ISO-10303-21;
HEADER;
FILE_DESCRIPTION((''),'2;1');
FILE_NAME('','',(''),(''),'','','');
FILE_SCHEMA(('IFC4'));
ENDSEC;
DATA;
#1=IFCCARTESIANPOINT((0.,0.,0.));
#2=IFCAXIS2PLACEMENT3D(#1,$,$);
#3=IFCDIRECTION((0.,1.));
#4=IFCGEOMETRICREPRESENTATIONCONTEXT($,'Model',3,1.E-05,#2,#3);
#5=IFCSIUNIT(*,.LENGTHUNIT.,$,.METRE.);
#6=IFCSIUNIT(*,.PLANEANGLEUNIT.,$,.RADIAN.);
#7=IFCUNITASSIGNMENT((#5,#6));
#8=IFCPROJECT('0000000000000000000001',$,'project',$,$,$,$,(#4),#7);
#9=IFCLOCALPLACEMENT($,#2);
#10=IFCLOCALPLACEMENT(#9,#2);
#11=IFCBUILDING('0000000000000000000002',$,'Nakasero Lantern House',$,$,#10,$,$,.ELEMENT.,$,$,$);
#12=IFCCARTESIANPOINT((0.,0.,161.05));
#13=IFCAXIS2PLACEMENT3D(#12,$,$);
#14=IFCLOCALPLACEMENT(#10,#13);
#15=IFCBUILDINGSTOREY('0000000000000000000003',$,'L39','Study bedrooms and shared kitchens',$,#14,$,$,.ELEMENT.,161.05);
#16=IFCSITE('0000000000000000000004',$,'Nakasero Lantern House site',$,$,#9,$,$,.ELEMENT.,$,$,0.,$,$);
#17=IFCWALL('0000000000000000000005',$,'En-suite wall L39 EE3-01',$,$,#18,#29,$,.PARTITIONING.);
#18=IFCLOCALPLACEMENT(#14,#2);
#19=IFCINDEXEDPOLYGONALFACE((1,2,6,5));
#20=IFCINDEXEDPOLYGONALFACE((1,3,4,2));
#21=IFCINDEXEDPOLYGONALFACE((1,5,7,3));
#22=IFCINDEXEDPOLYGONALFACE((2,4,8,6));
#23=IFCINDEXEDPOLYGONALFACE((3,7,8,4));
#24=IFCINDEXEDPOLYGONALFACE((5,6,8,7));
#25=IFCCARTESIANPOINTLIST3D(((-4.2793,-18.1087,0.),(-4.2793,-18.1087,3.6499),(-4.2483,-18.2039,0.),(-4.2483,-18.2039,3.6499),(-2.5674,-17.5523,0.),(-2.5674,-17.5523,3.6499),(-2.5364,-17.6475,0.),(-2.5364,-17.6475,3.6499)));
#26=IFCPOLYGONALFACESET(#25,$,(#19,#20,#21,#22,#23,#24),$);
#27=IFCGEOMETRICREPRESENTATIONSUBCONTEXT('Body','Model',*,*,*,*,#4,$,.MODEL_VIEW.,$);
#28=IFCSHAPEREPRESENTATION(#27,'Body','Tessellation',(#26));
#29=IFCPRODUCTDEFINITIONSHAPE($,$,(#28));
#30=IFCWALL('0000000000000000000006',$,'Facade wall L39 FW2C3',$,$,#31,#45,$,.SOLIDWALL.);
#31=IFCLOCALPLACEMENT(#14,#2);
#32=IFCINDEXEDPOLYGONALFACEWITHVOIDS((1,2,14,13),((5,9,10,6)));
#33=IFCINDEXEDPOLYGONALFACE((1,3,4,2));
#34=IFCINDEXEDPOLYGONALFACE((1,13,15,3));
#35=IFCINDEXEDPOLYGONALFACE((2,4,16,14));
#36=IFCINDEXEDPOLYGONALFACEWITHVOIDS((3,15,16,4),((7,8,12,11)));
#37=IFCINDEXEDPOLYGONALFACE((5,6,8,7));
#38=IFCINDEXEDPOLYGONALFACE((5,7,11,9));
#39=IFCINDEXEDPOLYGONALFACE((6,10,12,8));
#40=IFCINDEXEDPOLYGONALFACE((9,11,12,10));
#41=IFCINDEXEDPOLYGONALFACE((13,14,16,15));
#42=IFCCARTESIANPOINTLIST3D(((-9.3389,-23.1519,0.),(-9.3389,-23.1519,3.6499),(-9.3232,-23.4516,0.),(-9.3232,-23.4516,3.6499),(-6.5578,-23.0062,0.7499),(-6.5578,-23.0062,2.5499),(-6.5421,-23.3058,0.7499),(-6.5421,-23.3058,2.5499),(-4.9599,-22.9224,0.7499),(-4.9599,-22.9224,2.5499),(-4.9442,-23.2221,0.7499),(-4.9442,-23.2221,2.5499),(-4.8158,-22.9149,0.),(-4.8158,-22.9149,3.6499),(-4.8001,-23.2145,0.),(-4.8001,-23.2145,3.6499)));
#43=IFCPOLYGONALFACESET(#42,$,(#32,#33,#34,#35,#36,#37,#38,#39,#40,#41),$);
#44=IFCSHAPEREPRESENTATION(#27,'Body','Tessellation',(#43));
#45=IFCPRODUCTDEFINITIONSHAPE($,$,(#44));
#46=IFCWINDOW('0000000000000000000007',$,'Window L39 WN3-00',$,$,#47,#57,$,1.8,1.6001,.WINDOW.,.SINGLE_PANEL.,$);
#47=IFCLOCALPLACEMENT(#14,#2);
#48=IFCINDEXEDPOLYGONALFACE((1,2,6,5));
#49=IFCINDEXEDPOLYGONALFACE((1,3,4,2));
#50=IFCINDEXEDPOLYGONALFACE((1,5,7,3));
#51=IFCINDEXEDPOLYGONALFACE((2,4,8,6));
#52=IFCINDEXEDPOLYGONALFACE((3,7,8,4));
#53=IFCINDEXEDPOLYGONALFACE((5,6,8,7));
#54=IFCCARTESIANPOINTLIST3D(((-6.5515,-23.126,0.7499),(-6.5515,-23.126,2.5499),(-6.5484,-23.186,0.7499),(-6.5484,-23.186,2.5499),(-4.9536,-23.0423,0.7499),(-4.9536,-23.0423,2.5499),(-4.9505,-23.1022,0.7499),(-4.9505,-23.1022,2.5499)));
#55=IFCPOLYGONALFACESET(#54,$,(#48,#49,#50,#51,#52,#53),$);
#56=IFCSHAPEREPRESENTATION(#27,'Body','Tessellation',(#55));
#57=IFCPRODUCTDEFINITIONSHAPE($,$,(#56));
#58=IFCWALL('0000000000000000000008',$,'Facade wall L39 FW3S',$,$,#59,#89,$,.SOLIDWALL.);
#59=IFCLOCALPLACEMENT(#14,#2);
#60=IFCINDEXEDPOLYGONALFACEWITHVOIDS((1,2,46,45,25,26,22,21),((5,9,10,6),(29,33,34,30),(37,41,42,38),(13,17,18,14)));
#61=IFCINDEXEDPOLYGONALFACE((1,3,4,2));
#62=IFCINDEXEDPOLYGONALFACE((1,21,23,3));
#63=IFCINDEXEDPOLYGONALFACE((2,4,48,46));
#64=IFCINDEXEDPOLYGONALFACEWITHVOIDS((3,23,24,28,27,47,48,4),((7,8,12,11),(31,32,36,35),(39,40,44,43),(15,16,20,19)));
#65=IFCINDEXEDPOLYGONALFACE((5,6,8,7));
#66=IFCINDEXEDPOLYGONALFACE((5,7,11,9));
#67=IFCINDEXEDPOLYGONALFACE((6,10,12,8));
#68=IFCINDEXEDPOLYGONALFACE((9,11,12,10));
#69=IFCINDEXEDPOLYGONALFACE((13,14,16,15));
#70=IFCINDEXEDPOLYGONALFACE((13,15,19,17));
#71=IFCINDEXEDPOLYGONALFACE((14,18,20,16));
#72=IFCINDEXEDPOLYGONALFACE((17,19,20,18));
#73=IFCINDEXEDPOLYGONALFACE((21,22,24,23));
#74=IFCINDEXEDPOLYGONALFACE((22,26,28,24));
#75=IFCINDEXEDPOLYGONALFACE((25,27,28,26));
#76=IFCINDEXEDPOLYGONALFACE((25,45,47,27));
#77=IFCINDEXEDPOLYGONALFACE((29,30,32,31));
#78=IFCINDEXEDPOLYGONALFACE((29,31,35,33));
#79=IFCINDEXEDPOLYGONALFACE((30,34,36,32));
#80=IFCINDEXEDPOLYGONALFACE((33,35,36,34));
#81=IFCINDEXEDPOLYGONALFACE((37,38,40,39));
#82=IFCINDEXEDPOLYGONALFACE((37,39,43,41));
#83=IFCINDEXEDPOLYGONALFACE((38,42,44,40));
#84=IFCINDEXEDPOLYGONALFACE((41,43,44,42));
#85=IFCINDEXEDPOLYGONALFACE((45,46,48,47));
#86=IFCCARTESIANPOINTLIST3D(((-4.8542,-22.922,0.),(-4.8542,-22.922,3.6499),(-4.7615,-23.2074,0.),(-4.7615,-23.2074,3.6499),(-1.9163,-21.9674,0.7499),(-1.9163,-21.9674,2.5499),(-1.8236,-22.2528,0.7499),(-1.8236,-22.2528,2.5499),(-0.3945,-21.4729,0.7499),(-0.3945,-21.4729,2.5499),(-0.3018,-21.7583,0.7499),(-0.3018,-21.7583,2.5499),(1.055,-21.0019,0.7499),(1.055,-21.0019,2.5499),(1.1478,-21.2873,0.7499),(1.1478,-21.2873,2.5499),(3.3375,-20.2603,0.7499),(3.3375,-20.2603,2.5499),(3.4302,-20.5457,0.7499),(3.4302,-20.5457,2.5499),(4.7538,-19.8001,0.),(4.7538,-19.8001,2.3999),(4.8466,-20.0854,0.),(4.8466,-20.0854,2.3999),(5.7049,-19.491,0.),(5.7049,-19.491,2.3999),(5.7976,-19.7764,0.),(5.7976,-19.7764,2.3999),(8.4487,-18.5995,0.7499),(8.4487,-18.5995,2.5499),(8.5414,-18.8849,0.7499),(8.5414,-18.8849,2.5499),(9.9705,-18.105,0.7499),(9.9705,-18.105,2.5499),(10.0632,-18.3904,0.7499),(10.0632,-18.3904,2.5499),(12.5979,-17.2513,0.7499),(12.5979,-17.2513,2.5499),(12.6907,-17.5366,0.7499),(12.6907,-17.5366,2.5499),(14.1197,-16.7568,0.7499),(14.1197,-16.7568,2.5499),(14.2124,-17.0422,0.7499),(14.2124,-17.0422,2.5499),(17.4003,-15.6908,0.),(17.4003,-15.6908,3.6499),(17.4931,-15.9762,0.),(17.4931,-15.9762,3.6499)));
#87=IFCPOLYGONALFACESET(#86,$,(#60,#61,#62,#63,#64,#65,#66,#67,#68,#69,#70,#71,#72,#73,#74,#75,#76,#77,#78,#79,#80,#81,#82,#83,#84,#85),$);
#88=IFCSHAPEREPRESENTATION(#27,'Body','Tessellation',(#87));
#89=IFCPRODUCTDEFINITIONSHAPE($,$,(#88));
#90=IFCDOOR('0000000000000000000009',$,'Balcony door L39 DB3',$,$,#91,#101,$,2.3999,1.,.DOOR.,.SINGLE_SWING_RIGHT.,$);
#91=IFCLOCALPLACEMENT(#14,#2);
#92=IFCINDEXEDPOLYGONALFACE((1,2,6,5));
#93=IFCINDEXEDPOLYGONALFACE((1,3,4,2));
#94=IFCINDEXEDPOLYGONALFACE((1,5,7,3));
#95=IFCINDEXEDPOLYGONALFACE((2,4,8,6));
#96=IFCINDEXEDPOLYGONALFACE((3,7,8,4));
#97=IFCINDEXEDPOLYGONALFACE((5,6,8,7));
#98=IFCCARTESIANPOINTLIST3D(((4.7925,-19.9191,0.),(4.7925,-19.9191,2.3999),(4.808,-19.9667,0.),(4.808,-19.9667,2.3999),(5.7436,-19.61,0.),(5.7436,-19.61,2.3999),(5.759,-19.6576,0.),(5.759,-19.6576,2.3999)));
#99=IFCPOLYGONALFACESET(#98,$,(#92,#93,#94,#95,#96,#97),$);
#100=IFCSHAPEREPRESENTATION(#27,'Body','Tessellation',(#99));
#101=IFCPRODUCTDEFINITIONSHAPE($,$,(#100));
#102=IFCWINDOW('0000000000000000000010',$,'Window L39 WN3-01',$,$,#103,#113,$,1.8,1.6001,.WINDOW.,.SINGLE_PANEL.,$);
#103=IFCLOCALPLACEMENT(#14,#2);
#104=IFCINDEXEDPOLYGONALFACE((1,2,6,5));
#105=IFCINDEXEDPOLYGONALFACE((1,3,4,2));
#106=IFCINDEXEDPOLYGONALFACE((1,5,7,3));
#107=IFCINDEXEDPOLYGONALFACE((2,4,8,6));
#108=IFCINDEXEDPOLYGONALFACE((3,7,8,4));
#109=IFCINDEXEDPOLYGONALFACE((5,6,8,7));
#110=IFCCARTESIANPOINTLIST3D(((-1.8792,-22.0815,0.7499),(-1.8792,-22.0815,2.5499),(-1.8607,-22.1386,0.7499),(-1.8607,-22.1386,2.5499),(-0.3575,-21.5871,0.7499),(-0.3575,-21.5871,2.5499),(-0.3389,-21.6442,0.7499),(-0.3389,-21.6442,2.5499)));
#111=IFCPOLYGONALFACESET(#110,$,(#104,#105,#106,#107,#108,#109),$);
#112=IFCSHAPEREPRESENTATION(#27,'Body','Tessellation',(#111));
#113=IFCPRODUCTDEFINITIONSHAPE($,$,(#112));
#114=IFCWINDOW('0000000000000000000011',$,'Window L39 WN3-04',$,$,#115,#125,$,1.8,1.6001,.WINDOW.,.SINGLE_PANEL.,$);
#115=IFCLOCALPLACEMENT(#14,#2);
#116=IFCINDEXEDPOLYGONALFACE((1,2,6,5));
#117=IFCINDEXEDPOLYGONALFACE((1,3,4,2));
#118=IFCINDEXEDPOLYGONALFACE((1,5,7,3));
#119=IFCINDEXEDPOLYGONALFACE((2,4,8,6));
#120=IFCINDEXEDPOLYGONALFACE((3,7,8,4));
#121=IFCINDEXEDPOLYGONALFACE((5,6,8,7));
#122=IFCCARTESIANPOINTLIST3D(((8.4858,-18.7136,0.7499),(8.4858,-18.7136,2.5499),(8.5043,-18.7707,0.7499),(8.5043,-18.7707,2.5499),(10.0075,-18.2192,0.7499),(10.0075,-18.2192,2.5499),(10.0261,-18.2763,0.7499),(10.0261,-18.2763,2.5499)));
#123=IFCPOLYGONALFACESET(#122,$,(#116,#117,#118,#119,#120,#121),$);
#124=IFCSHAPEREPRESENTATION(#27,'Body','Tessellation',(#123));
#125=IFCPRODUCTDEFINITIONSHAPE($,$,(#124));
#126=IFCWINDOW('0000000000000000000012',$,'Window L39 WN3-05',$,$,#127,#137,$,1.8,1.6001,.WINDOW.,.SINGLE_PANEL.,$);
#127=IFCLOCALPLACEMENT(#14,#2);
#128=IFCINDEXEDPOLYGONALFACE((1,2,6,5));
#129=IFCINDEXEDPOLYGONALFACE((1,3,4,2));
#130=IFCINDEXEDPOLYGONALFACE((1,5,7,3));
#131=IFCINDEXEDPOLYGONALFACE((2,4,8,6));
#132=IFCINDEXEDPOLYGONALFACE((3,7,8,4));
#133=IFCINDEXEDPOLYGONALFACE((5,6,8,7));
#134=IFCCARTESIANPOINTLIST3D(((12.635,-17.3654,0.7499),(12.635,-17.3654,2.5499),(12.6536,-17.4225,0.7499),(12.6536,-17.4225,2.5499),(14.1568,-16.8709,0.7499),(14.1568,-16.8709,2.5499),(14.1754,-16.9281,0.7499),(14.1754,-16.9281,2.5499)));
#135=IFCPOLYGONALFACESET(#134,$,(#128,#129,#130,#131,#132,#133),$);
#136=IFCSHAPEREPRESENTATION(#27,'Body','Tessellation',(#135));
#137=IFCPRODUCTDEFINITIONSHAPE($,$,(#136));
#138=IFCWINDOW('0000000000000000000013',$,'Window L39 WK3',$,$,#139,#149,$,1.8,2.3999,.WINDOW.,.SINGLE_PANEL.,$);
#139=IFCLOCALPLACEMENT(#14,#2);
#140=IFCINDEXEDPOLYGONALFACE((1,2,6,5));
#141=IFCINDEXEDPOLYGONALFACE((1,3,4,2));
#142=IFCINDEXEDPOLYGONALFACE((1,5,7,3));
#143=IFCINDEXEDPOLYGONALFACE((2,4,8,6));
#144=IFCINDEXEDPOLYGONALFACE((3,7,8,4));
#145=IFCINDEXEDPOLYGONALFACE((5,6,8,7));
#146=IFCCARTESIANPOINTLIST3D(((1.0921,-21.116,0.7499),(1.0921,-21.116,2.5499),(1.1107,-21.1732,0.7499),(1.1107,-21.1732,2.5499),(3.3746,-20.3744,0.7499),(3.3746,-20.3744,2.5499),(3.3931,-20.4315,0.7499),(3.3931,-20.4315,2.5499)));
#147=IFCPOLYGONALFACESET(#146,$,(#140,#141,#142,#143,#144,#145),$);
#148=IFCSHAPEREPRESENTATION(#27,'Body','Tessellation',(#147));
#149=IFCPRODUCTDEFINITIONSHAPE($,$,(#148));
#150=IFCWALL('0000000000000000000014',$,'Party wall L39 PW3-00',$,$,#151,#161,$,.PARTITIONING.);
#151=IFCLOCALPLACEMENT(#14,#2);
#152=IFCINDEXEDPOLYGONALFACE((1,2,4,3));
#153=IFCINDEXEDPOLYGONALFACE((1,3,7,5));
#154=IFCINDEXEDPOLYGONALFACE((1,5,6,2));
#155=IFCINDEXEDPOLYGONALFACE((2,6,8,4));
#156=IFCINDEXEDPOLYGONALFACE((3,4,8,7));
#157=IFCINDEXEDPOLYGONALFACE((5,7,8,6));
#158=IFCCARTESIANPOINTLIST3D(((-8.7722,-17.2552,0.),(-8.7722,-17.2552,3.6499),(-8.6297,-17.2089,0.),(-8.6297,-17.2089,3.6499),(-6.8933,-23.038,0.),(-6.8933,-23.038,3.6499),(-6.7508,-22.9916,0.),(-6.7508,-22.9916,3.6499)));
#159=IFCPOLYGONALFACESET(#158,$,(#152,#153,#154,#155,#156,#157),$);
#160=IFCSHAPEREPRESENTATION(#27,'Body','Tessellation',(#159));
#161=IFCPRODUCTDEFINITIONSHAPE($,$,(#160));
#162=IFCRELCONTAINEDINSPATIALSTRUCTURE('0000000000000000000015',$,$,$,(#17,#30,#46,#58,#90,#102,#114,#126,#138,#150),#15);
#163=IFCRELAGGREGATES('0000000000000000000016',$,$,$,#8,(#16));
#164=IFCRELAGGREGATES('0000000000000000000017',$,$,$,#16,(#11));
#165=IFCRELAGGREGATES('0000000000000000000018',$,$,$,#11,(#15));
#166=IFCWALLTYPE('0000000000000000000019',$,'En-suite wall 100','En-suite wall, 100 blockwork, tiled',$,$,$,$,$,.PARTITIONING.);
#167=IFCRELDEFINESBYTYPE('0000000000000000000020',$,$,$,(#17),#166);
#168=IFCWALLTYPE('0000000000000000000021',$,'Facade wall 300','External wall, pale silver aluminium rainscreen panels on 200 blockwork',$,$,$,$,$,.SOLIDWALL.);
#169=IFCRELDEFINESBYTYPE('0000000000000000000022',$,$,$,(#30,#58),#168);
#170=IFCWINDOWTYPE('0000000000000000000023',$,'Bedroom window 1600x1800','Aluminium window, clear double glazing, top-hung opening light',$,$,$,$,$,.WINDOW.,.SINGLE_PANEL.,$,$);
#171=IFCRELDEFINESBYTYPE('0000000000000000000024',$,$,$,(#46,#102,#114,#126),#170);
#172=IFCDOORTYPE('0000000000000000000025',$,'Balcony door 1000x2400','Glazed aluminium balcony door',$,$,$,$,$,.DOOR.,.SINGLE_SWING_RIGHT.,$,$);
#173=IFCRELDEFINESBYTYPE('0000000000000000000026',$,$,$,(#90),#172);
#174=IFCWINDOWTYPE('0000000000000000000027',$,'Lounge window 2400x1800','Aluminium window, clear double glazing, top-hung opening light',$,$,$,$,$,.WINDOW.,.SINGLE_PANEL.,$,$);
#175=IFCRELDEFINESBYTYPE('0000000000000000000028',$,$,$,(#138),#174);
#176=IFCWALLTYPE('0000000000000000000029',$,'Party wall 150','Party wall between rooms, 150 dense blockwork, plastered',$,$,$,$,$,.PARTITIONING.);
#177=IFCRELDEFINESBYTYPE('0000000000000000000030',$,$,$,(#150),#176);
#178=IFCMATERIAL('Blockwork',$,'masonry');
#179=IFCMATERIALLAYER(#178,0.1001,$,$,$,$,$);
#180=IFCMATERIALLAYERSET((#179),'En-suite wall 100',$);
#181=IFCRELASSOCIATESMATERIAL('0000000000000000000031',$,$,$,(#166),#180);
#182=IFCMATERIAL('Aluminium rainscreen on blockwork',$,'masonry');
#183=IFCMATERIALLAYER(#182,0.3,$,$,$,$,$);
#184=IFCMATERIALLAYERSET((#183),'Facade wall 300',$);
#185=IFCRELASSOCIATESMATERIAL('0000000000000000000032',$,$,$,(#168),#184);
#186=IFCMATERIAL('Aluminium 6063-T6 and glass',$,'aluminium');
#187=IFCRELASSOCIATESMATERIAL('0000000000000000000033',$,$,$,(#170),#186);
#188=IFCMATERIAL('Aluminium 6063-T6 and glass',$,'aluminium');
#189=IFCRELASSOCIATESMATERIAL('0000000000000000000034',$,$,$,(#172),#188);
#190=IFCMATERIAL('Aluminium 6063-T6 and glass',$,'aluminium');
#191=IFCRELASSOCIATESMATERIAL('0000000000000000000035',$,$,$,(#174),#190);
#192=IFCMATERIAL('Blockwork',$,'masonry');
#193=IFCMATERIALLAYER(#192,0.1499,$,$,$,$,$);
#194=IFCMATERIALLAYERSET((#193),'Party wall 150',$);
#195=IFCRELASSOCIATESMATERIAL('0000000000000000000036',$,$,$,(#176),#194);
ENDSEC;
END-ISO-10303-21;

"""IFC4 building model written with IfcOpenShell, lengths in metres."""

from ifc_helpers import new_model, si_unit, direction, frame, frame_2d, origin, place, context, subcontext, project, spatial, rectangle, extrude, material, layer, layer_set, type_object, element, fill, save


model = new_model("IFC4")

# Units and contexts
model_context = context("Model", 3, precision=1e-05, world=origin(), true_north=direction((0.0, 1.0)))
body_context = subcontext(model_context, "Body", "Model", "MODEL_VIEW")
ifc_project = project(units=[si_unit("LENGTHUNIT", "METRE"), si_unit("PLANEANGLEUNIT", "RADIAN")], contexts=[model_context])

# Site, building, storey
site_placement = place(None, origin())
site = spatial("IfcSite", under=ifc_project, at=site_placement, Name="Nakasero Lantern House site", CompositionType="ELEMENT", RefElevation=0.0)
building_placement = place(site_placement, origin())
building = spatial("IfcBuilding", under=site, at=building_placement, Name="Nakasero Lantern House", CompositionType="ELEMENT")
storey_placement = place(building_placement, frame((0.0, 0.0, 161.05)))
storey = spatial("IfcBuildingStorey", under=building, at=storey_placement, Name="L39", Description="Study bedrooms and shared kitchens", CompositionType="ELEMENT", Elevation=161.05)

# Wall
ifc_material_1 = material(Name="Blockwork", Category="masonry")
ifc_layer_1 = layer(ifc_material_1, 0.1001)
ifc_layer_set_1 = layer_set([ifc_layer_1], Name="En-suite wall 100")
wall_type_1 = type_object("IfcWallType", Name="En-suite wall 100", Description="En-suite wall, 100 blockwork, tiled", PredefinedType="PARTITIONING", material=ifc_layer_set_1)
wall_1_placement = place(storey_placement, frame((-4.2637, -18.1562, 0.0), z_axis=(0.0, 0.0, 1.0), x_axis=(0.95103, 0.309098, 0.0)))
element("IfcWall", 1, at=wall_1_placement, inside=storey, type_object=wall_type_1, Name="En-suite wall L39 EE3-01", PredefinedType="PARTITIONING", context=body_context, shape_type="SweptSolid", body=[
    extrude(rectangle(XDim=1.8, YDim=0.1001, at=frame_2d((0.8999, 0.0))), origin(), (0.0, 0.0, 1.0), 3.6499),
])

# Wall, opening, window
ifc_material_2 = material(Name="Aluminium rainscreen on blockwork", Category="masonry")
ifc_layer_2 = layer(ifc_material_2, 0.3)
ifc_layer_set_2 = layer_set([ifc_layer_2], Name="Facade wall 300")
wall_type_2 = type_object("IfcWallType", Name="Facade wall 300", Description="External wall, pale silver aluminium rainscreen panels on 200 blockwork", PredefinedType="SOLIDWALL", material=ifc_layer_set_2)
wall_2_placement = place(storey_placement, frame((-9.3311, -23.3018, 0.0), z_axis=(0.0, 0.0, 1.0), x_axis=(0.998629, 0.052338, 0.0)))
wall_2 = element("IfcWall", 2, at=wall_2_placement, inside=storey, type_object=wall_type_2, Name="Facade wall L39 FW2C3", PredefinedType="SOLIDWALL", context=body_context, shape_type="SweptSolid", body=[
    extrude(rectangle(XDim=4.5293, YDim=0.3, at=frame_2d((2.2646, 0.0))), origin(), (0.0, 0.0, 1.0), 3.6499),
])
opening_1_placement = place(wall_2_placement, frame((2.7849, 0.0, 0.75)))
opening_1 = element("IfcOpeningElement", 3, at=opening_1_placement, cuts=wall_2, PredefinedType="OPENING", context=body_context, shape_type="SweptSolid", body=[
    extrude(rectangle(XDim=1.6001, YDim=1.8, at=frame_2d((0.8, 0.8999))), frame((0.0, 0.1699, 0.0), z_axis=(0.0, -1.0, 0.0), x_axis=(1.0, 0.0, 0.0)), (0.0, 0.0, 1.0), 0.3401),
])
ifc_material_3 = material(Name="Aluminium 6063-T6 and glass", Category="aluminium")
window_type_1 = type_object("IfcWindowType", Name="Bedroom window 1600x1800", Description="Aluminium window, clear double glazing, top-hung opening light", PartitioningType="SINGLE_PANEL", PredefinedType="WINDOW", material=ifc_material_3)
window_1_placement = place(opening_1_placement, origin())
window_1 = element("IfcWindow", 4, at=window_1_placement, inside=storey, type_object=window_type_1, Name="Window L39 WN3-00", OverallHeight=1.8, OverallWidth=1.6001, PartitioningType="SINGLE_PANEL", PredefinedType="WINDOW", context=body_context, shape_type="SweptSolid", body=[
    extrude(rectangle(XDim=1.6001, YDim=1.8, at=frame_2d((0.8, 0.8999))), frame((0.0, 0.03, 0.0), z_axis=(0.0, -1.0, 0.0), x_axis=(1.0, 0.0, 0.0)), (0.0, 0.0, 1.0), 0.0601),
])
fill(opening_1, window_1)

# Wall, openings, door, windows
wall_3_placement = place(storey_placement, frame((-4.8079, -23.0647, 0.0), z_axis=(0.0, 0.0, 1.0), x_axis=(0.951054, 0.309026, 0.0)))
wall_3 = element("IfcWall", 5, at=wall_3_placement, inside=storey, type_object=wall_type_2, Name="Facade wall L39 FW3S", PredefinedType="SOLIDWALL", context=body_context, shape_type="SweptSolid", body=[
    extrude(rectangle(XDim=23.3999, YDim=0.3, at=frame_2d((11.7, 0.0))), origin(), (0.0, 0.0, 1.0), 3.6499),
])
opening_2_placement = place(wall_3_placement, frame((3.0891, 0.0, 0.75)))
opening_2 = element("IfcOpeningElement", 6, at=opening_2_placement, cuts=wall_3, PredefinedType="OPENING", context=body_context, shape_type="SweptSolid", body=[
    extrude(rectangle(XDim=1.6001, YDim=1.8, at=frame_2d((0.8, 0.8999))), frame((0.0, 0.1699, 0.0), z_axis=(0.0, -1.0, 0.0), x_axis=(1.0, 0.0, 0.0)), (0.0, 0.0, 1.0), 0.3401),
])
opening_3_placement = place(wall_3_placement, frame((13.9875, 0.0, 0.75)))
opening_3 = element("IfcOpeningElement", 7, at=opening_3_placement, cuts=wall_3, PredefinedType="OPENING", context=body_context, shape_type="SweptSolid", body=[
    extrude(rectangle(XDim=1.6001, YDim=1.8, at=frame_2d((0.8, 0.8999))), frame((0.0, 0.1699, 0.0), z_axis=(0.0, -1.0, 0.0), x_axis=(1.0, 0.0, 0.0)), (0.0, 0.0, 1.0), 0.3401),
])
opening_4_placement = place(wall_3_placement, frame((18.3503, 0.0, 0.75)))
opening_4 = element("IfcOpeningElement", 8, at=opening_4_placement, cuts=wall_3, PredefinedType="OPENING", context=body_context, shape_type="SweptSolid", body=[
    extrude(rectangle(XDim=1.6001, YDim=1.8, at=frame_2d((0.8, 0.8999))), frame((0.0, 0.1699, 0.0), z_axis=(0.0, -1.0, 0.0), x_axis=(1.0, 0.0, 0.0)), (0.0, 0.0, 1.0), 0.3401),
])
opening_5_placement = place(wall_3_placement, frame((6.2134, 0.0, 0.75)))
opening_5 = element("IfcOpeningElement", 9, at=opening_5_placement, cuts=wall_3, PredefinedType="OPENING", context=body_context, shape_type="SweptSolid", body=[
    extrude(rectangle(XDim=2.3999, YDim=1.8, at=frame_2d((1.2, 0.8999))), frame((0.0, 0.1699, 0.0), z_axis=(0.0, -1.0, 0.0), x_axis=(1.0, 0.0, 0.0)), (0.0, 0.0, 1.0), 0.3401),
])
opening_6_placement = place(wall_3_placement, frame((10.1025, 0.0, 0.0)))
opening_6 = element("IfcOpeningElement", 10, at=opening_6_placement, cuts=wall_3, PredefinedType="OPENING", context=body_context, shape_type="SweptSolid", body=[
    extrude(rectangle(XDim=1.0, YDim=2.3999, at=frame_2d((0.5, 1.2))), frame((0.0, 0.1699, 0.0), z_axis=(0.0, -1.0, 0.0), x_axis=(1.0, 0.0, 0.0)), (0.0, 0.0, 1.0), 0.3401),
])
ifc_material_4 = material(Name="Aluminium 6063-T6 and glass", Category="aluminium")
door_type_1 = type_object("IfcDoorType", Name="Balcony door 1000x2400", Description="Glazed aluminium balcony door", OperationType="SINGLE_SWING_RIGHT", PredefinedType="DOOR", material=ifc_material_4)
door_1_placement = place(opening_6_placement, origin())
door_1 = element("IfcDoor", 11, at=door_1_placement, inside=storey, type_object=door_type_1, Name="Balcony door L39 DB3", OperationType="SINGLE_SWING_RIGHT", OverallHeight=2.3999, OverallWidth=1.0, PredefinedType="DOOR", context=body_context, shape_type="SweptSolid", body=[
    extrude(rectangle(XDim=1.0, YDim=2.3999, at=frame_2d((0.5, 1.2))), frame((0.0, 0.0249, 0.0), z_axis=(0.0, -1.0, 0.0), x_axis=(1.0, 0.0, 0.0)), (0.0, 0.0, 1.0), 0.05),
])
fill(opening_6, door_1)
window_2_placement = place(opening_2_placement, origin())
window_2 = element("IfcWindow", 12, at=window_2_placement, inside=storey, type_object=window_type_1, Name="Window L39 WN3-01", OverallHeight=1.8, OverallWidth=1.6001, PartitioningType="SINGLE_PANEL", PredefinedType="WINDOW", context=body_context, shape_type="SweptSolid", body=[
    extrude(rectangle(XDim=1.6001, YDim=1.8, at=frame_2d((0.8, 0.8999))), frame((0.0, 0.03, 0.0), z_axis=(0.0, -1.0, 0.0), x_axis=(1.0, 0.0, 0.0)), (0.0, 0.0, 1.0), 0.0601),
])
fill(opening_2, window_2)
window_3_placement = place(opening_3_placement, origin())
window_3 = element("IfcWindow", 13, at=window_3_placement, inside=storey, type_object=window_type_1, Name="Window L39 WN3-04", OverallHeight=1.8, OverallWidth=1.6001, PartitioningType="SINGLE_PANEL", PredefinedType="WINDOW", context=body_context, shape_type="SweptSolid", body=[
    extrude(rectangle(XDim=1.6001, YDim=1.8, at=frame_2d((0.8, 0.8999))), frame((0.0, 0.03, 0.0), z_axis=(0.0, -1.0, 0.0), x_axis=(1.0, 0.0, 0.0)), (0.0, 0.0, 1.0), 0.0601),
])
fill(opening_3, window_3)
window_4_placement = place(opening_4_placement, origin())
window_4 = element("IfcWindow", 14, at=window_4_placement, inside=storey, type_object=window_type_1, Name="Window L39 WN3-05", OverallHeight=1.8, OverallWidth=1.6001, PartitioningType="SINGLE_PANEL", PredefinedType="WINDOW", context=body_context, shape_type="SweptSolid", body=[
    extrude(rectangle(XDim=1.6001, YDim=1.8, at=frame_2d((0.8, 0.8999))), frame((0.0, 0.03, 0.0), z_axis=(0.0, -1.0, 0.0), x_axis=(1.0, 0.0, 0.0)), (0.0, 0.0, 1.0), 0.0601),
])
fill(opening_4, window_4)
ifc_material_5 = material(Name="Aluminium 6063-T6 and glass", Category="aluminium")
window_type_2 = type_object("IfcWindowType", Name="Lounge window 2400x1800", Description="Aluminium window, clear double glazing, top-hung opening light", PartitioningType="SINGLE_PANEL", PredefinedType="WINDOW", material=ifc_material_5)
window_5_placement = place(opening_5_placement, origin())
window_5 = element("IfcWindow", 15, at=window_5_placement, inside=storey, type_object=window_type_2, Name="Window L39 WK3", OverallHeight=1.8, OverallWidth=2.3999, PartitioningType="SINGLE_PANEL", PredefinedType="WINDOW", context=body_context, shape_type="SweptSolid", body=[
    extrude(rectangle(XDim=2.3999, YDim=1.8, at=frame_2d((1.2, 0.8999))), frame((0.0, 0.03, 0.0), z_axis=(0.0, -1.0, 0.0), x_axis=(1.0, 0.0, 0.0)), (0.0, 0.0, 1.0), 0.0601),
])
fill(opening_5, window_5)

# Wall
ifc_material_6 = material(Name="Blockwork", Category="masonry")
ifc_layer_3 = layer(ifc_material_6, 0.1499)
ifc_layer_set_3 = layer_set([ifc_layer_3], Name="Party wall 150")
wall_type_3 = type_object("IfcWallType", Name="Party wall 150", Description="Party wall between rooms, 150 dense blockwork, plastered", PredefinedType="PARTITIONING", material=ifc_layer_set_3)
wall_4_placement = place(storey_placement, frame((-8.7009, -17.2322, 0.0), z_axis=(0.0, 0.0, 1.0), x_axis=(0.309015, -0.951057, 0.0)))
element("IfcWall", 16, at=wall_4_placement, inside=storey, type_object=wall_type_3, Name="Party wall L39 PW3-00", PredefinedType="PARTITIONING", context=body_context, shape_type="SweptSolid", body=[
    extrude(rectangle(XDim=6.0803, YDim=0.1499, at=frame_2d((3.04, 0.0))), origin(), (0.0, 0.0, 1.0), 3.6499),
])

save(model, "model.ifc")
